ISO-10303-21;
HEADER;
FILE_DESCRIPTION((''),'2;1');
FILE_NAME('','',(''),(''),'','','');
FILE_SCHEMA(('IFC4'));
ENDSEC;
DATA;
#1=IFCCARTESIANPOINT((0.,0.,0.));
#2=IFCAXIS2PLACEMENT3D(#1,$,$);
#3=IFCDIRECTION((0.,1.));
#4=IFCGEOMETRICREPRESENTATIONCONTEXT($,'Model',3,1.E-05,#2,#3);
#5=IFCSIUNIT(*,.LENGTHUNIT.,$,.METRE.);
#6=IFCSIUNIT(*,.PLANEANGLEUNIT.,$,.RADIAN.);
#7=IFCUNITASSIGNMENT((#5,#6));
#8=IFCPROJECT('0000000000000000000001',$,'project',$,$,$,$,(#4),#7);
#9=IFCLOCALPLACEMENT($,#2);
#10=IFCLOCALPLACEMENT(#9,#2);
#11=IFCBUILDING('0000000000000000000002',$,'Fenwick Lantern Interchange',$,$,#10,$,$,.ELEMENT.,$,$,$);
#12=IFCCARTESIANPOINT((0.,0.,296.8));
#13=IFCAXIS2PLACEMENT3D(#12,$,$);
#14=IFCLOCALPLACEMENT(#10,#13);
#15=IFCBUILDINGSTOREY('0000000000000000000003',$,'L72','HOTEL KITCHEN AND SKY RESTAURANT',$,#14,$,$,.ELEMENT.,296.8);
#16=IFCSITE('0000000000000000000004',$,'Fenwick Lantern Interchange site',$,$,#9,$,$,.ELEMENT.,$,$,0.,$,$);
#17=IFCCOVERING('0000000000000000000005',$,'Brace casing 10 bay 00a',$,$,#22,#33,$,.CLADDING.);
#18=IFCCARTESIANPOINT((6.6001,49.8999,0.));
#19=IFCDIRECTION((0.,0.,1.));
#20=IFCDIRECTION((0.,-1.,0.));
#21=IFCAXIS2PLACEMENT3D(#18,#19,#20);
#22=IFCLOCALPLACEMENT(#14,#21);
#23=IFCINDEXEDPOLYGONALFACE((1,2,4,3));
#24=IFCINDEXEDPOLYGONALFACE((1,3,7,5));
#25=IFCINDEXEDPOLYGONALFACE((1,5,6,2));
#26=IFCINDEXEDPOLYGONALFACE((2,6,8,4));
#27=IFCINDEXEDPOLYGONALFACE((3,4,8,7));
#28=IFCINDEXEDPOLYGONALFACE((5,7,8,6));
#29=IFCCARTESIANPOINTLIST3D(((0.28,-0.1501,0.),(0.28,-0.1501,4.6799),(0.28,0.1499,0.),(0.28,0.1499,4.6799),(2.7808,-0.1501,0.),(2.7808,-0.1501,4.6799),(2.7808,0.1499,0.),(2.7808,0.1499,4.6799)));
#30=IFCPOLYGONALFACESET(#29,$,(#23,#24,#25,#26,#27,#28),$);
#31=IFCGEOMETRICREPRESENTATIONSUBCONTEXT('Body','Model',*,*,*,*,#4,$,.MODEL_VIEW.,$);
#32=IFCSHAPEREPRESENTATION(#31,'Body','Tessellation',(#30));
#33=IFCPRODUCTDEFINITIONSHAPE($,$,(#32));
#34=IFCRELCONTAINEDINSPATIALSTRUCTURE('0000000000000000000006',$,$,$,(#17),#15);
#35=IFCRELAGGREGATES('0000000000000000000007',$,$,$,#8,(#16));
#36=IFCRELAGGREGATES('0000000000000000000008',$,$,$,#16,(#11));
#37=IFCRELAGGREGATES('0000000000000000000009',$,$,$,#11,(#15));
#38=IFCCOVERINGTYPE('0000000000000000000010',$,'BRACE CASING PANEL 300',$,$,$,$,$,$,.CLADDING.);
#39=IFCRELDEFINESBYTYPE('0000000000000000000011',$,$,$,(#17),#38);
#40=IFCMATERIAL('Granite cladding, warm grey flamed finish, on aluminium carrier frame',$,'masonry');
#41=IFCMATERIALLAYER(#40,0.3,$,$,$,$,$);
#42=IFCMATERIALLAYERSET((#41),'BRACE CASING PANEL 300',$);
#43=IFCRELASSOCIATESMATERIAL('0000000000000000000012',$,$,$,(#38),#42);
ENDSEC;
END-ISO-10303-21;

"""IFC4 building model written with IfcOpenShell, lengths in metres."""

from ifc_helpers import new_model, si_unit, direction, frame, origin, place, context, subcontext, project, spatial, polyline, outline, extrude, material, layer, layer_set, type_object, element, save


model = new_model("IFC4")

# Units and contexts
model_context = context("Model", 3, precision=1e-05, world=origin(), true_north=direction((0.0, 1.0)))
body_context = subcontext(model_context, "Body", "Model", "MODEL_VIEW")
ifc_project = project(units=[si_unit("LENGTHUNIT", "METRE"), si_unit("PLANEANGLEUNIT", "RADIAN")], contexts=[model_context])

# Site, building, storey
site_placement = place(None, origin())
site = spatial("IfcSite", under=ifc_project, at=site_placement, Name="Fenwick Lantern Interchange site", CompositionType="ELEMENT", RefElevation=0.0)
building_placement = place(site_placement, origin())
building = spatial("IfcBuilding", under=site, at=building_placement, Name="Fenwick Lantern Interchange", CompositionType="ELEMENT")
storey_placement = place(building_placement, frame((0.0, 0.0, 296.8)))
storey = spatial("IfcBuildingStorey", under=building, at=storey_placement, Name="L72", Description="HOTEL KITCHEN AND SKY RESTAURANT", CompositionType="ELEMENT", Elevation=296.8)

# Covering
ifc_material_1 = material(Name="Granite cladding, warm grey flamed finish, on aluminium carrier frame", Category="masonry")
ifc_layer_1 = layer(ifc_material_1, 0.3)
ifc_layer_set_1 = layer_set([ifc_layer_1], Name="BRACE CASING PANEL 300")
covering_type = type_object("IfcCoveringType", Name="BRACE CASING PANEL 300", PredefinedType="CLADDING", material=ifc_layer_set_1)
covering_placement = place(storey_placement, frame((6.6001, 49.8999, 0.0), z_axis=(0.0, 0.0, 1.0), x_axis=(0.0, -1.0, 0.0)))
element("IfcCovering", 1, at=covering_placement, inside=storey, type_object=covering_type, Name="Brace casing 10 bay 00a", PredefinedType="CLADDING", context=body_context, shape_type="SweptSolid", body=[
    extrude(outline(polyline([(0.28, 0.0), (2.7808, 0.0), (2.7808, 4.6799), (0.28, 4.6799), (0.28, 0.0)])), frame((0.0, 0.1499, 0.0), z_axis=(0.0, -1.0, 0.0), x_axis=(1.0, 0.0, 0.0)), (0.0, 0.0, 1.0), 0.3),
])

save(model, "model.ifc")
